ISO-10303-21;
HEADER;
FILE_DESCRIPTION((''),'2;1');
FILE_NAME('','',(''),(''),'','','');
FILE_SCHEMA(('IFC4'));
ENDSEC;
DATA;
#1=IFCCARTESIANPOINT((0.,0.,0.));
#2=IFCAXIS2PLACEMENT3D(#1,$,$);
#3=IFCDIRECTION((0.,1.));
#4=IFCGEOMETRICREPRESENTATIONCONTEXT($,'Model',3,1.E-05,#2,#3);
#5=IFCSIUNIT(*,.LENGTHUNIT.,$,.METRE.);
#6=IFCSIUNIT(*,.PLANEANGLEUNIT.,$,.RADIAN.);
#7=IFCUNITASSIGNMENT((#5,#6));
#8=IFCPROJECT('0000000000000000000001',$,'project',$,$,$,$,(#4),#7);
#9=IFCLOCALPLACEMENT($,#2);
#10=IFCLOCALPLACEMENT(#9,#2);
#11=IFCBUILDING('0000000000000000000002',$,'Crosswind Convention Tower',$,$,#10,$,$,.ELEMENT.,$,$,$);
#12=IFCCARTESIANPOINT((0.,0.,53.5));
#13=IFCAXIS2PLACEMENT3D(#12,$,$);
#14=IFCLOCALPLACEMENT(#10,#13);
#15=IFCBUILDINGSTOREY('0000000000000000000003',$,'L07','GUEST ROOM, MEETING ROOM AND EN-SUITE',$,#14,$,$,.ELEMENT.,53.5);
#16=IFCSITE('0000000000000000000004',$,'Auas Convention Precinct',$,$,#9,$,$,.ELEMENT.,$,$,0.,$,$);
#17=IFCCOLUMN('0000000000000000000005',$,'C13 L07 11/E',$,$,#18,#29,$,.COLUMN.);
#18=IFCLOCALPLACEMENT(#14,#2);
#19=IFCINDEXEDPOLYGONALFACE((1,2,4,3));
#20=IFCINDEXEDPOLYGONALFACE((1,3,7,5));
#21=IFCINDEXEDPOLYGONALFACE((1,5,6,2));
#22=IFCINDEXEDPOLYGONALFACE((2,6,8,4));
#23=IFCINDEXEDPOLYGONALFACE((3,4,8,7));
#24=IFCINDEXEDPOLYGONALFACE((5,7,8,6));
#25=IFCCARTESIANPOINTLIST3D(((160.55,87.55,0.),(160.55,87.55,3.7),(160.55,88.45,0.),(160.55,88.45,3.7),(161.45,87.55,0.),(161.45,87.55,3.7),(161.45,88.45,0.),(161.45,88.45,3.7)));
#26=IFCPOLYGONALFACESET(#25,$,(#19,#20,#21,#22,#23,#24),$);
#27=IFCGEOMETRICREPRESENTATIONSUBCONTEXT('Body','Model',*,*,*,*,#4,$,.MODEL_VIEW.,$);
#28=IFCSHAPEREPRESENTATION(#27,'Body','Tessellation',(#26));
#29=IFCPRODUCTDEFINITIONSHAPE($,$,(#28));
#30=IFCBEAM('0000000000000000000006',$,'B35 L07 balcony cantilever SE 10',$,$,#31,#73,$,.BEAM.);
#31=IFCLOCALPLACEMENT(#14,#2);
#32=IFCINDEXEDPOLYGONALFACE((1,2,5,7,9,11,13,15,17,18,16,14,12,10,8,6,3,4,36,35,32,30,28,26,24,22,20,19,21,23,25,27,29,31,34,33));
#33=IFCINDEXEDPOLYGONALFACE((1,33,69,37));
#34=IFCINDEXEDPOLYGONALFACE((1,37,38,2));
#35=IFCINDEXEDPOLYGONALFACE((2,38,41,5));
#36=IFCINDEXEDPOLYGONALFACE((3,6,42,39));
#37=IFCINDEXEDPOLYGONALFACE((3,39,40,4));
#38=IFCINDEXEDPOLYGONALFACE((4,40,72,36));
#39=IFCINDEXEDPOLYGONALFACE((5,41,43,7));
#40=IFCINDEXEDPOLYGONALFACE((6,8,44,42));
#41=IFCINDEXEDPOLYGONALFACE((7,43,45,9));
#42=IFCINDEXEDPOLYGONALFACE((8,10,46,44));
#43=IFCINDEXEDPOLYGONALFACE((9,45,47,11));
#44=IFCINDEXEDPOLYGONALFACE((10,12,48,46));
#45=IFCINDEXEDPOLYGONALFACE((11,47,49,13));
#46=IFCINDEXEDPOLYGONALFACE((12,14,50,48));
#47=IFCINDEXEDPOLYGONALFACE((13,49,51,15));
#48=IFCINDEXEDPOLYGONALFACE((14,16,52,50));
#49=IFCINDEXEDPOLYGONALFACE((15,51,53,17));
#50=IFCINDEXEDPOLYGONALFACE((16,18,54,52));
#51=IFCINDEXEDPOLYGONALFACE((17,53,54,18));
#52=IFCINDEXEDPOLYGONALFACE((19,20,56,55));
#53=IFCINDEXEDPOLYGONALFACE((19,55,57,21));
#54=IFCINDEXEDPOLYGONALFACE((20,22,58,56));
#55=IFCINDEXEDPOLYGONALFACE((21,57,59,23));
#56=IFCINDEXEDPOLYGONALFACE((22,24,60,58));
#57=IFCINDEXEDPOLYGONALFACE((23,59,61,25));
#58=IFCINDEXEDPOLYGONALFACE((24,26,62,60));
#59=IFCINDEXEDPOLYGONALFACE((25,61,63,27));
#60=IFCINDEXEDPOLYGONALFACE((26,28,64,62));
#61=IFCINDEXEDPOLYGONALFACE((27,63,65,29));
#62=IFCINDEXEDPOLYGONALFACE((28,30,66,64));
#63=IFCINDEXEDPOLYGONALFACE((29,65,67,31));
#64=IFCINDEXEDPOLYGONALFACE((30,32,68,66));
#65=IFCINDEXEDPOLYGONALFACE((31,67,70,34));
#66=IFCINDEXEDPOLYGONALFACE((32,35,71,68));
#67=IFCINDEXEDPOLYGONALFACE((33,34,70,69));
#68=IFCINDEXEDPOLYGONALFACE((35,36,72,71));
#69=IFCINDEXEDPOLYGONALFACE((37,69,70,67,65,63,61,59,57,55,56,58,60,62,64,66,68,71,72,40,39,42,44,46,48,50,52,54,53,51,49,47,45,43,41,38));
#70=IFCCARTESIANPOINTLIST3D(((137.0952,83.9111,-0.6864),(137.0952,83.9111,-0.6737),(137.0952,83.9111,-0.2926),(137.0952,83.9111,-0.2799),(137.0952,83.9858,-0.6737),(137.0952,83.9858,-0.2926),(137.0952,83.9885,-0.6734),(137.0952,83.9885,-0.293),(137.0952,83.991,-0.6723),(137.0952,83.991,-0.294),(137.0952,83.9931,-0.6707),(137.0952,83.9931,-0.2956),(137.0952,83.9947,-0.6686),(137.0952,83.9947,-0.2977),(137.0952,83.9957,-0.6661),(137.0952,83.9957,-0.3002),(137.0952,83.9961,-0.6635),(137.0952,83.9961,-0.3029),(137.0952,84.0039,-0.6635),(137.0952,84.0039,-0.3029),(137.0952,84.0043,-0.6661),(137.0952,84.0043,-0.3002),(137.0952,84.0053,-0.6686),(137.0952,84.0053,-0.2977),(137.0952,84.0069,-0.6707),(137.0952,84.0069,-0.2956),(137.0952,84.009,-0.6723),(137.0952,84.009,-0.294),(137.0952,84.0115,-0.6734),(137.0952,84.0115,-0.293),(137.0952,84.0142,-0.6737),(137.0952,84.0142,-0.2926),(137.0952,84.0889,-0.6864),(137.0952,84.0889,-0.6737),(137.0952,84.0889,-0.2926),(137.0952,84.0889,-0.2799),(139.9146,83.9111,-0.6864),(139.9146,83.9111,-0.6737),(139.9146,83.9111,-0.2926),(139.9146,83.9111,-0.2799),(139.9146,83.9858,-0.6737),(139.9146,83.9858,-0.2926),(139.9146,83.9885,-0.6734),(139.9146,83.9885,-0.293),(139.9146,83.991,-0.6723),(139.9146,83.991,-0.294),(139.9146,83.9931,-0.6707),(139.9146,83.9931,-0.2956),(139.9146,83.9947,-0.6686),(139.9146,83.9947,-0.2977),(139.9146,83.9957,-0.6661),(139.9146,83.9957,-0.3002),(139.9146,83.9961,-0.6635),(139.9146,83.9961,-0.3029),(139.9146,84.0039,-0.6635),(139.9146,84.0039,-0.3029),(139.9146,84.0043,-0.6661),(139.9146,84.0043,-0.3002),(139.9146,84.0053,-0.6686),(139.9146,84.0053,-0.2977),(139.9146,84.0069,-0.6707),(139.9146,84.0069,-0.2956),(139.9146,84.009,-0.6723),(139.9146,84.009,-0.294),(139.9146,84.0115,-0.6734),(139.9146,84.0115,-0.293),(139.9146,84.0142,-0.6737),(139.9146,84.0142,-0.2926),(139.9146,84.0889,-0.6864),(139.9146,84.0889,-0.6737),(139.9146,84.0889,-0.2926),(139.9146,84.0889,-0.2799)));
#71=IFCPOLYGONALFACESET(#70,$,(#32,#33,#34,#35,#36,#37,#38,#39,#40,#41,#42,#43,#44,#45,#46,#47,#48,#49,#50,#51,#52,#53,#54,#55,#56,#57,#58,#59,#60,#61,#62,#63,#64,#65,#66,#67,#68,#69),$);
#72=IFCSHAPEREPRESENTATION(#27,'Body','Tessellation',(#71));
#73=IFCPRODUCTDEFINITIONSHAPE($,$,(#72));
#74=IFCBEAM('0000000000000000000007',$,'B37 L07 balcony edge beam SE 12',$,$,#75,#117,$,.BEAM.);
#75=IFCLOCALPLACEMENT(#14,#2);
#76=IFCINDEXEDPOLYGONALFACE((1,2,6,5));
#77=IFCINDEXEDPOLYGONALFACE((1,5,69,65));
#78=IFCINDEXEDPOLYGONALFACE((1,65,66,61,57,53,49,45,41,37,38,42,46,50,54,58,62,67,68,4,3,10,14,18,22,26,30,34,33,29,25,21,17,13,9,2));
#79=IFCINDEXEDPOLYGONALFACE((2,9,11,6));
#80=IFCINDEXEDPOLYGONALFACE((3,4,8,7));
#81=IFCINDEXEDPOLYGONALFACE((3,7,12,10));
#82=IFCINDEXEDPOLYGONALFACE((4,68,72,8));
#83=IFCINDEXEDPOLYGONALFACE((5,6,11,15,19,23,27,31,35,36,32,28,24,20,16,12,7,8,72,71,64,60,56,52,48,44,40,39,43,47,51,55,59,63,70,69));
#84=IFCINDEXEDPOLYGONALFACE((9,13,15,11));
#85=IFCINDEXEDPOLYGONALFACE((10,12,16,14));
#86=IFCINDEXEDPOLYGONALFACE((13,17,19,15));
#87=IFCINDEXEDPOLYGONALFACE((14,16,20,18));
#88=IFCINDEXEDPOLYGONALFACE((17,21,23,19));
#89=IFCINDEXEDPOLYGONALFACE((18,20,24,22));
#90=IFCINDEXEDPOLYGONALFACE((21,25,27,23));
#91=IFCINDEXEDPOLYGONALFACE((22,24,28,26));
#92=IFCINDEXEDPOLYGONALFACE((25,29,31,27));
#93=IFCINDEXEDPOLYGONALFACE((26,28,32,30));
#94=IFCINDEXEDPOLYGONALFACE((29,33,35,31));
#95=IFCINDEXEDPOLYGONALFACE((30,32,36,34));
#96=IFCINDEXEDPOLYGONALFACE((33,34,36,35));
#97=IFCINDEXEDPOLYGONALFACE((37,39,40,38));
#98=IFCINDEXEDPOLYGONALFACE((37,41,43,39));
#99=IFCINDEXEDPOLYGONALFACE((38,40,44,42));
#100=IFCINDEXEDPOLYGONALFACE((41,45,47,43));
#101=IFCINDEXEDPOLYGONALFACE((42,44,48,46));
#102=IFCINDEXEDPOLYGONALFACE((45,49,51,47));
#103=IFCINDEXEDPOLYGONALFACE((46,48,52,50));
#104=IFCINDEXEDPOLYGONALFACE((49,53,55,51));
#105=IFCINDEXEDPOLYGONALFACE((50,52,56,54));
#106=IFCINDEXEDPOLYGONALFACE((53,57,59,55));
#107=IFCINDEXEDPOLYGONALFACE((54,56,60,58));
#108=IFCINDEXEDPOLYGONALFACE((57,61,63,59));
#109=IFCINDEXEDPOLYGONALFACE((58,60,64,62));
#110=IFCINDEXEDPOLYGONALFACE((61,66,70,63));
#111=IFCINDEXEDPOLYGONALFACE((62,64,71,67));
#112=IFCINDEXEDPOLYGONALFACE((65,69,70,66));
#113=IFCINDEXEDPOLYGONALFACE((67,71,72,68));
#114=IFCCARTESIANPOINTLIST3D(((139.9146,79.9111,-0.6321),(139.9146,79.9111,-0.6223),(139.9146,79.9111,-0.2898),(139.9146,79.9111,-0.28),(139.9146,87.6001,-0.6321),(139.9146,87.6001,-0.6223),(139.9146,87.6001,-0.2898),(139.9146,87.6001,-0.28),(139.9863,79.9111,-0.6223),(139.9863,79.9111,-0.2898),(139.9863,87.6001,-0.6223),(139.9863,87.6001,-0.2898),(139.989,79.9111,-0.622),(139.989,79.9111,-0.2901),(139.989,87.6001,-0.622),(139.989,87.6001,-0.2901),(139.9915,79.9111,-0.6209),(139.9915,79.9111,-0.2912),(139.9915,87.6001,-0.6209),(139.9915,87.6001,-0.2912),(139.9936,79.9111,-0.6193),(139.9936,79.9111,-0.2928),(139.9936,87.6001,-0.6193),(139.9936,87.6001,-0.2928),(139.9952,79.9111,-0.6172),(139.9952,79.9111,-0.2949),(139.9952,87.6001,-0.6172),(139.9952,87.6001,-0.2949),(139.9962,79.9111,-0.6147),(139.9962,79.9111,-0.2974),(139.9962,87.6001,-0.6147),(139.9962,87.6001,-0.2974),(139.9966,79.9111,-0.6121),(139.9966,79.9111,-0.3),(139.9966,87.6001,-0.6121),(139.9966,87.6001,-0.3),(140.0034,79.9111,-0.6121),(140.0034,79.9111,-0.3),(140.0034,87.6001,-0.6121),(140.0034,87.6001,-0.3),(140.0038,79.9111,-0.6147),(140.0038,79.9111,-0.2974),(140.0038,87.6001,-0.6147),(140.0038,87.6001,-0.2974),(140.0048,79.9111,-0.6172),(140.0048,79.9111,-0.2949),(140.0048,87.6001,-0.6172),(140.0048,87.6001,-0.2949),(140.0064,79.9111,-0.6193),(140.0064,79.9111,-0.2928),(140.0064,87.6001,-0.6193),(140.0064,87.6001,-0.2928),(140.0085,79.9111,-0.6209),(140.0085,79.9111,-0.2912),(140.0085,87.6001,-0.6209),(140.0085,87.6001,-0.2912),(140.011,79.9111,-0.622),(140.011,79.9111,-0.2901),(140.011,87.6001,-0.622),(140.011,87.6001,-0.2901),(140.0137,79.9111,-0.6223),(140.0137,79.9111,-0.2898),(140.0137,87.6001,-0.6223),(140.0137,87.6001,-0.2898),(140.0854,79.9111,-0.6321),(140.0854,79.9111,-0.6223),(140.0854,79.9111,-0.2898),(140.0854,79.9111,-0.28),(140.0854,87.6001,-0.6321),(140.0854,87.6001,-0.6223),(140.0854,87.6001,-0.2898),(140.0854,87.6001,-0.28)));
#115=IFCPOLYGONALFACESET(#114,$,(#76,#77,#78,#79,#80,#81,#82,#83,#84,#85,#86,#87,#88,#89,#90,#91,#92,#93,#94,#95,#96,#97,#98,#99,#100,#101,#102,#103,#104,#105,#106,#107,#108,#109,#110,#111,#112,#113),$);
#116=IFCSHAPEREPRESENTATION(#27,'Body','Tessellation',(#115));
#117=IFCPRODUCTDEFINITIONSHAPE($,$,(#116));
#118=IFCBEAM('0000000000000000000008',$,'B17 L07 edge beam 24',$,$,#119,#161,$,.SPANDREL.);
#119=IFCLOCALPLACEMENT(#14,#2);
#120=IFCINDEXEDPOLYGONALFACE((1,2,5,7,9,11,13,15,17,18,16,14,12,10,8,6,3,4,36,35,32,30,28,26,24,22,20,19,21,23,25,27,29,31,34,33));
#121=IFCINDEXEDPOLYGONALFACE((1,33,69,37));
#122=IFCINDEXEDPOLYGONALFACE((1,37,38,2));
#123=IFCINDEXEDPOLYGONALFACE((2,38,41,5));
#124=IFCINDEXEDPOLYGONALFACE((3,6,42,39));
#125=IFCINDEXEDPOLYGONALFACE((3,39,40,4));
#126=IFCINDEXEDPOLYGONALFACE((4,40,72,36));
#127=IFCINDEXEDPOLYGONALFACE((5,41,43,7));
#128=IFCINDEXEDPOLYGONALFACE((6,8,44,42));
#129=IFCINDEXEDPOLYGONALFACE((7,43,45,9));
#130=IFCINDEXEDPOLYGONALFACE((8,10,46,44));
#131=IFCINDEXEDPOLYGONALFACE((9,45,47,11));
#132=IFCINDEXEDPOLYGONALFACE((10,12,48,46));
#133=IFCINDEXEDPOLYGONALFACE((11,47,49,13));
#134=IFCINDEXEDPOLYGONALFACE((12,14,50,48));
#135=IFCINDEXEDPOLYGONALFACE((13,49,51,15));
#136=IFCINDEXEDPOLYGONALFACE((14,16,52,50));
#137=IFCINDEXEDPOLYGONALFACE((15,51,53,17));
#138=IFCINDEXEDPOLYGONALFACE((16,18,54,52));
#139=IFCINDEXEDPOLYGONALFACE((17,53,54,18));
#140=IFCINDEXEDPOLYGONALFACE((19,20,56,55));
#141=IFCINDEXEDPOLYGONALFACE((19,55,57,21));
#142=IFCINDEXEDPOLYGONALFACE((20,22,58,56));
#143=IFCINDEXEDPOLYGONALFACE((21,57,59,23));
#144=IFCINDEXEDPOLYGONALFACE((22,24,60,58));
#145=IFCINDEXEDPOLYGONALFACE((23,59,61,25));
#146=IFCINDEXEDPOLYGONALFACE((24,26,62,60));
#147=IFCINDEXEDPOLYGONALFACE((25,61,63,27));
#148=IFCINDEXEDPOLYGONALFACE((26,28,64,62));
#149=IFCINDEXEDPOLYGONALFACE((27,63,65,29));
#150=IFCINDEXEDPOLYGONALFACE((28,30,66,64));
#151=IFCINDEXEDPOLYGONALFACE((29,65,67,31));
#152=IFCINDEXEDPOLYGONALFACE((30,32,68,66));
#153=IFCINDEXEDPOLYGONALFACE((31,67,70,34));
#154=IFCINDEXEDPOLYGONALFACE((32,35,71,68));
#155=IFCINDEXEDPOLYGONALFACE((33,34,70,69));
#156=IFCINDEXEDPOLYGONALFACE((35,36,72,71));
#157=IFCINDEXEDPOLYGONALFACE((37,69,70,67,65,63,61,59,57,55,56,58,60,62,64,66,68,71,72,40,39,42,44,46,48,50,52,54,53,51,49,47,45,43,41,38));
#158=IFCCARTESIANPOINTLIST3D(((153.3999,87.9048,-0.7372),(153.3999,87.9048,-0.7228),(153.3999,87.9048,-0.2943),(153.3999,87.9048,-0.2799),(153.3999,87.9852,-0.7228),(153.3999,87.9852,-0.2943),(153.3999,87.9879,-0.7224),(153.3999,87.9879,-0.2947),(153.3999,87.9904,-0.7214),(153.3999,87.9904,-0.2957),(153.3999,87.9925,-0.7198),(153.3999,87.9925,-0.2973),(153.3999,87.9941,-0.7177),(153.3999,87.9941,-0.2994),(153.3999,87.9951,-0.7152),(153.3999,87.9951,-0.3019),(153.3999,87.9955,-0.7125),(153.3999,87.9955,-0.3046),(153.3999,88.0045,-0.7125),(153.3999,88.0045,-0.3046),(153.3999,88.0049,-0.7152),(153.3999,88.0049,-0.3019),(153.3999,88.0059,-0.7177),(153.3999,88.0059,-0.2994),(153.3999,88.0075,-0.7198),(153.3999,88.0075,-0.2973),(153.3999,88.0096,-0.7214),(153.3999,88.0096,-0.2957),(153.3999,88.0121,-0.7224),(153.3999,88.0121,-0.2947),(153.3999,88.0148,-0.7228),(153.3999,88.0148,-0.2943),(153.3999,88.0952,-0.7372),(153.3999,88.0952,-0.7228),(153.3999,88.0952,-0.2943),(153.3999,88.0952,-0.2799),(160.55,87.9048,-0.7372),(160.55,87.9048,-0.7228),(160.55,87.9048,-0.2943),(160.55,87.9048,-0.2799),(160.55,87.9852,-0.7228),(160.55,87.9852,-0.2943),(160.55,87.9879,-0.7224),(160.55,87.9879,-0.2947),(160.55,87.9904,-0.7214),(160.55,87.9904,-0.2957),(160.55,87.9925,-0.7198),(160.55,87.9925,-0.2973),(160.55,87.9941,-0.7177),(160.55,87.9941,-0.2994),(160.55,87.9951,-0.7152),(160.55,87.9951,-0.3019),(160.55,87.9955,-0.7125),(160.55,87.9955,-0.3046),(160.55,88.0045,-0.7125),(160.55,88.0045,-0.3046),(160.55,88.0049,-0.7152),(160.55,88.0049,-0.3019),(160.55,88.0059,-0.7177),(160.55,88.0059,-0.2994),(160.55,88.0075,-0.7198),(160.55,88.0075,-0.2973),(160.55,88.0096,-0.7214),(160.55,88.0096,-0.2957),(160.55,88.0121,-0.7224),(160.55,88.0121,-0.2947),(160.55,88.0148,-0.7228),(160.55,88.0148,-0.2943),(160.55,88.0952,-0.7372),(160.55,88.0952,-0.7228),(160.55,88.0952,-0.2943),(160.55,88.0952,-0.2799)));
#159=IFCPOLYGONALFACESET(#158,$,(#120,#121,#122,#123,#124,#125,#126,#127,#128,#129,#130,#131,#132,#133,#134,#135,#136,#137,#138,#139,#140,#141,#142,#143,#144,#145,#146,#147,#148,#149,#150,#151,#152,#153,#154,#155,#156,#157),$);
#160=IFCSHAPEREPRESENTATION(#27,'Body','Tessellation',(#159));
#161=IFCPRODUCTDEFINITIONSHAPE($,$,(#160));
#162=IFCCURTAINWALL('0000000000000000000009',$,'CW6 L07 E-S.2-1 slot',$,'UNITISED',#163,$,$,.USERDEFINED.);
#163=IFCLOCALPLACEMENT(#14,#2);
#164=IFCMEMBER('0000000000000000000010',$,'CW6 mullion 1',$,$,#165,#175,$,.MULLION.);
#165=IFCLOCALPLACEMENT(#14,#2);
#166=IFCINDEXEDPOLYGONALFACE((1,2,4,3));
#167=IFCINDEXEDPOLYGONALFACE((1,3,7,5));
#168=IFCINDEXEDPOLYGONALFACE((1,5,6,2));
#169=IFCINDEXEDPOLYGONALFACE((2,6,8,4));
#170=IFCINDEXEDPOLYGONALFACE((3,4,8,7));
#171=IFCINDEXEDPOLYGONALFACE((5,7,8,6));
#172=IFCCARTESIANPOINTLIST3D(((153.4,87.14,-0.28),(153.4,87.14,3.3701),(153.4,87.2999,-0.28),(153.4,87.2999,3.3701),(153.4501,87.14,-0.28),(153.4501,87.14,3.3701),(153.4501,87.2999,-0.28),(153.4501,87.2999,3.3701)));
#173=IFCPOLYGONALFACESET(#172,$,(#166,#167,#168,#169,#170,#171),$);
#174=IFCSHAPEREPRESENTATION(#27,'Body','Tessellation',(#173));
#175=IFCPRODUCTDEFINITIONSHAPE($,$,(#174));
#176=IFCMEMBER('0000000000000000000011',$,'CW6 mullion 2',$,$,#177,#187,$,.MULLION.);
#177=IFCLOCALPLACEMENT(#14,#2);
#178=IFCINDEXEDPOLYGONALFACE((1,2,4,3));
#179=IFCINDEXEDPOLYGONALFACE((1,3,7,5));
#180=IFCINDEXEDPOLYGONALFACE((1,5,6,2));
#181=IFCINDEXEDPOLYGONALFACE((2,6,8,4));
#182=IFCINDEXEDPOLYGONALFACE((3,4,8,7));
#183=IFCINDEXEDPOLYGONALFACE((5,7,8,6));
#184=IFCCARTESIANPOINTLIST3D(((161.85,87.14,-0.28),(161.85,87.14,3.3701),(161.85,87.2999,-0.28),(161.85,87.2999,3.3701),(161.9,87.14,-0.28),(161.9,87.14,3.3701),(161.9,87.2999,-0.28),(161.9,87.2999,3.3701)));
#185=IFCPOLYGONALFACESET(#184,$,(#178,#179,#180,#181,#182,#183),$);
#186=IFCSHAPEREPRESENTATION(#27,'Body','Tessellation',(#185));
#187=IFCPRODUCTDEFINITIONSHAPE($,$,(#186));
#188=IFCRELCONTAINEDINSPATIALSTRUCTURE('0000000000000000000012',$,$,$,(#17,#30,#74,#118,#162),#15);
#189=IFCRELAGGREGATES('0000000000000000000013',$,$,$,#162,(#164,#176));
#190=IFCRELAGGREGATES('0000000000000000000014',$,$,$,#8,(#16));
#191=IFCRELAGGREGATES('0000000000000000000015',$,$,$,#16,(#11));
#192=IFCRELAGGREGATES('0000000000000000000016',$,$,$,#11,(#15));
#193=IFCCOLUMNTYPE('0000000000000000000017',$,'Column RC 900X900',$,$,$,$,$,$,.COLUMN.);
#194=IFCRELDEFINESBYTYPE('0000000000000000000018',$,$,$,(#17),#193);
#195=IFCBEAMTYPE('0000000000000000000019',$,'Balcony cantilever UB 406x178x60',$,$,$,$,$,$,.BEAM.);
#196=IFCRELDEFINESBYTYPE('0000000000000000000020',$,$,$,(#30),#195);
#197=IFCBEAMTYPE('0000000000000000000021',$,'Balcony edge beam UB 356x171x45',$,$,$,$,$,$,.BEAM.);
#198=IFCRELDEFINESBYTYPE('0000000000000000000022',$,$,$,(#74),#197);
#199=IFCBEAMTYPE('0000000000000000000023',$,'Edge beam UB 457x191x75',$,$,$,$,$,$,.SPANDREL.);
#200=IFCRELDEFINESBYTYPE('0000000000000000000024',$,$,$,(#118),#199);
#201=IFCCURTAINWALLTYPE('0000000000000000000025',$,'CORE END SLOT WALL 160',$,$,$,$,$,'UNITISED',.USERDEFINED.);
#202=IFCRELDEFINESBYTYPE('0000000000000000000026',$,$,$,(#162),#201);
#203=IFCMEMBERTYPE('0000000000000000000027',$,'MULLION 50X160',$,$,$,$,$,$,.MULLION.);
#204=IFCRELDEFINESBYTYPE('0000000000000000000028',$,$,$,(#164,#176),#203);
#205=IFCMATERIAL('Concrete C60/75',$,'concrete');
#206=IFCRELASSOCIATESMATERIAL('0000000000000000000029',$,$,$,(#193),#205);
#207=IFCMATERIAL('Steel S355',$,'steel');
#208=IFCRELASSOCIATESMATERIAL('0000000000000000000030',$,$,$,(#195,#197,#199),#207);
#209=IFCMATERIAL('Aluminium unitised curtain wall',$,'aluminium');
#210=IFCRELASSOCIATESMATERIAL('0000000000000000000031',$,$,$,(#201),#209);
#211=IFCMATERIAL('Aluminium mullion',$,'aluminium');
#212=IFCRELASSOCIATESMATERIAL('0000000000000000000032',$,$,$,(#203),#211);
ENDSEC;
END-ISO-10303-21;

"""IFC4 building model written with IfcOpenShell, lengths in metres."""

from ifc_helpers import new_model, si_unit, direction, frame, origin, origin_2d, place, context, subcontext, project, spatial, rectangle, i_section, extrude, material, material_profile, profile_set, type_object, element, aggregate, save


model = new_model("IFC4")

# Units and contexts
model_context = context("Model", 3, precision=1e-05, world=origin(), true_north=direction((0.0, 1.0)))
body_context = subcontext(model_context, "Body", "Model", "MODEL_VIEW")
ifc_project = project(units=[si_unit("LENGTHUNIT", "METRE"), si_unit("PLANEANGLEUNIT", "RADIAN")], contexts=[model_context])

# Site, building, storey
site_placement = place(None, origin())
site = spatial("IfcSite", under=ifc_project, at=site_placement, Name="Auas Convention Precinct", CompositionType="ELEMENT", RefElevation=0.0)
building_placement = place(site_placement, origin())
building = spatial("IfcBuilding", under=site, at=building_placement, Name="Crosswind Convention Tower", CompositionType="ELEMENT")
storey_placement = place(building_placement, frame((0.0, 0.0, 53.5)))
storey = spatial("IfcBuildingStorey", under=building, at=storey_placement, Name="L07", Description="GUEST ROOM, MEETING ROOM AND EN-SUITE", CompositionType="ELEMENT", Elevation=53.5)

# Column
ifc_material_1 = material(Name="Concrete C60/75", Category="concrete")
ifc_material_profile_1 = material_profile(ifc_material_1, rectangle(XDim=0.8999, YDim=0.8999, at=origin_2d()), Name="RC 900X900")
ifc_profile_set_1 = profile_set([ifc_material_profile_1], Name="Concrete C60/75")
column_type = type_object("IfcColumnType", Name="Column RC 900X900", PredefinedType="COLUMN", material=ifc_profile_set_1)
column_placement = place(storey_placement, frame((161.0, 88.0, 0.0), z_axis=(0.0, 0.0, 1.0), x_axis=(1.0, 0.0, 0.0)))
element("IfcColumn", 1, at=column_placement, inside=storey, type_object=column_type, Name="C13 L07 11/E", PredefinedType="COLUMN", context=body_context, shape_type="SweptSolid", body=[
    extrude(rectangle(XDim=0.8999, YDim=0.8999, at=origin_2d()), origin(), (0.0, 0.0, 1.0), 3.7),
])

# Beams
ifc_material_2 = material(Name="Steel S355", Category="steel")
ifc_material_profile_2 = material_profile(ifc_material_2, i_section(OverallWidth=0.1777, OverallDepth=0.4065, WebThickness=0.0078, FlangeThickness=0.0127, FilletRadius=0.0103, at=origin_2d()), Name="UB 406x178x60")
ifc_profile_set_2 = profile_set([ifc_material_profile_2], Name="Steel S355")
beam_type_1 = type_object("IfcBeamType", Name="Balcony cantilever UB 406x178x60", PredefinedType="BEAM", material=ifc_profile_set_2)
beam_1_placement = place(storey_placement, frame((137.0952, 84.0, -0.4832), z_axis=(1.0, 0.0, 0.0), x_axis=(0.0, 1.0, 0.0)))
element("IfcBeam", 2, at=beam_1_placement, inside=storey, type_object=beam_type_1, Name="B35 L07 balcony cantilever SE 10", PredefinedType="BEAM", context=body_context, shape_type="SweptSolid", body=[
    extrude(i_section(OverallWidth=0.1777, OverallDepth=0.4065, WebThickness=0.0078, FlangeThickness=0.0127, FilletRadius=0.0103, at=origin_2d()), origin(), (0.0, 0.0, 1.0), 2.8193),
])
ifc_material_profile_3 = material_profile(ifc_material_2, i_section(OverallWidth=0.1709, OverallDepth=0.3521, WebThickness=0.0068, FlangeThickness=0.0098, FilletRadius=0.0103, at=origin_2d()), Name="UB 356x171x45")
ifc_profile_set_3 = profile_set([ifc_material_profile_3], Name="Steel S355")
beam_type_2 = type_object("IfcBeamType", Name="Balcony edge beam UB 356x171x45", PredefinedType="BEAM", material=ifc_profile_set_3)
beam_2_placement = place(storey_placement, frame((140.0, 87.6001, -0.4561), z_axis=(0.0, -1.0, 0.0), x_axis=(1.0, 0.0, 0.0)))
element("IfcBeam", 3, at=beam_2_placement, inside=storey, type_object=beam_type_2, Name="B37 L07 balcony edge beam SE 12", PredefinedType="BEAM", context=body_context, shape_type="SweptSolid", body=[
    extrude(i_section(OverallWidth=0.1709, OverallDepth=0.3521, WebThickness=0.0068, FlangeThickness=0.0098, FilletRadius=0.0103, at=origin_2d()), origin(), (0.0, 0.0, 1.0), 7.689),
])
ifc_material_profile_4 = material_profile(ifc_material_2, i_section(OverallWidth=0.1904, OverallDepth=0.4573, WebThickness=0.009, FlangeThickness=0.0144, FilletRadius=0.0103, at=origin_2d()), Name="UB 457x191x75")
ifc_profile_set_4 = profile_set([ifc_material_profile_4], Name="Steel S355")
beam_type_3 = type_object("IfcBeamType", Name="Edge beam UB 457x191x75", PredefinedType="SPANDREL", material=ifc_profile_set_4)
beam_3_placement = place(storey_placement, frame((153.3999, 88.0, -0.5085), z_axis=(1.0, 0.0, 0.0), x_axis=(0.0, 1.0, 0.0)))
element("IfcBeam", 4, at=beam_3_placement, inside=storey, type_object=beam_type_3, Name="B17 L07 edge beam 24", PredefinedType="SPANDREL", context=body_context, shape_type="SweptSolid", body=[
    extrude(i_section(OverallWidth=0.1904, OverallDepth=0.4573, WebThickness=0.009, FlangeThickness=0.0144, FilletRadius=0.0103, at=origin_2d()), origin(), (0.0, 0.0, 1.0), 7.1501),
])

# Curtain wall, members
ifc_material_3 = material(Name="Aluminium unitised curtain wall", Category="aluminium")
curtain_wall_type_1 = type_object("IfcCurtainWallType", Name="CORE END SLOT WALL 160", ElementType="UNITISED", PredefinedType="USERDEFINED", material=ifc_material_3)
curtain_wall_1_placement = place(storey_placement, origin())
curtain_wall_1 = element("IfcCurtainWall", 5, at=curtain_wall_1_placement, inside=storey, type_object=curtain_wall_type_1, Name="CW6 L07 E-S.2-1 slot", ObjectType="UNITISED", PredefinedType="USERDEFINED")
ifc_material_4 = material(Name="Aluminium mullion", Category="aluminium")
ifc_material_profile_5 = material_profile(ifc_material_4, rectangle(XDim=0.1599, YDim=0.05, at=origin_2d()), Name="AL 160X50")
ifc_profile_set_5 = profile_set([ifc_material_profile_5], Name="Aluminium mullion")
member_type_1 = type_object("IfcMemberType", Name="MULLION 50X160", PredefinedType="MULLION", material=ifc_profile_set_5)
member_1_placement = place(storey_placement, frame((153.425, 87.22, -0.28), z_axis=(0.0, 0.0, 1.0), x_axis=(0.0, -1.0, 0.0)))
member_1 = element("IfcMember", 6, at=member_1_placement, type_object=member_type_1, Name="CW6 mullion 1", PredefinedType="MULLION", context=body_context, shape_type="SweptSolid", body=[
    extrude(rectangle(XDim=0.1599, YDim=0.05, at=origin_2d()), origin(), (0.0, 0.0, 1.0), 3.6501),
])
member_2_placement = place(storey_placement, frame((161.875, 87.22, -0.28), z_axis=(0.0, 0.0, 1.0), x_axis=(0.0, -1.0, 0.0)))
member_2 = element("IfcMember", 7, at=member_2_placement, type_object=member_type_1, Name="CW6 mullion 2", PredefinedType="MULLION", context=body_context, shape_type="SweptSolid", body=[
    extrude(rectangle(XDim=0.1599, YDim=0.05, at=origin_2d()), origin(), (0.0, 0.0, 1.0), 3.6501),
])

aggregate(curtain_wall_1, [member_1, member_2])

save(model, "model.ifc")
